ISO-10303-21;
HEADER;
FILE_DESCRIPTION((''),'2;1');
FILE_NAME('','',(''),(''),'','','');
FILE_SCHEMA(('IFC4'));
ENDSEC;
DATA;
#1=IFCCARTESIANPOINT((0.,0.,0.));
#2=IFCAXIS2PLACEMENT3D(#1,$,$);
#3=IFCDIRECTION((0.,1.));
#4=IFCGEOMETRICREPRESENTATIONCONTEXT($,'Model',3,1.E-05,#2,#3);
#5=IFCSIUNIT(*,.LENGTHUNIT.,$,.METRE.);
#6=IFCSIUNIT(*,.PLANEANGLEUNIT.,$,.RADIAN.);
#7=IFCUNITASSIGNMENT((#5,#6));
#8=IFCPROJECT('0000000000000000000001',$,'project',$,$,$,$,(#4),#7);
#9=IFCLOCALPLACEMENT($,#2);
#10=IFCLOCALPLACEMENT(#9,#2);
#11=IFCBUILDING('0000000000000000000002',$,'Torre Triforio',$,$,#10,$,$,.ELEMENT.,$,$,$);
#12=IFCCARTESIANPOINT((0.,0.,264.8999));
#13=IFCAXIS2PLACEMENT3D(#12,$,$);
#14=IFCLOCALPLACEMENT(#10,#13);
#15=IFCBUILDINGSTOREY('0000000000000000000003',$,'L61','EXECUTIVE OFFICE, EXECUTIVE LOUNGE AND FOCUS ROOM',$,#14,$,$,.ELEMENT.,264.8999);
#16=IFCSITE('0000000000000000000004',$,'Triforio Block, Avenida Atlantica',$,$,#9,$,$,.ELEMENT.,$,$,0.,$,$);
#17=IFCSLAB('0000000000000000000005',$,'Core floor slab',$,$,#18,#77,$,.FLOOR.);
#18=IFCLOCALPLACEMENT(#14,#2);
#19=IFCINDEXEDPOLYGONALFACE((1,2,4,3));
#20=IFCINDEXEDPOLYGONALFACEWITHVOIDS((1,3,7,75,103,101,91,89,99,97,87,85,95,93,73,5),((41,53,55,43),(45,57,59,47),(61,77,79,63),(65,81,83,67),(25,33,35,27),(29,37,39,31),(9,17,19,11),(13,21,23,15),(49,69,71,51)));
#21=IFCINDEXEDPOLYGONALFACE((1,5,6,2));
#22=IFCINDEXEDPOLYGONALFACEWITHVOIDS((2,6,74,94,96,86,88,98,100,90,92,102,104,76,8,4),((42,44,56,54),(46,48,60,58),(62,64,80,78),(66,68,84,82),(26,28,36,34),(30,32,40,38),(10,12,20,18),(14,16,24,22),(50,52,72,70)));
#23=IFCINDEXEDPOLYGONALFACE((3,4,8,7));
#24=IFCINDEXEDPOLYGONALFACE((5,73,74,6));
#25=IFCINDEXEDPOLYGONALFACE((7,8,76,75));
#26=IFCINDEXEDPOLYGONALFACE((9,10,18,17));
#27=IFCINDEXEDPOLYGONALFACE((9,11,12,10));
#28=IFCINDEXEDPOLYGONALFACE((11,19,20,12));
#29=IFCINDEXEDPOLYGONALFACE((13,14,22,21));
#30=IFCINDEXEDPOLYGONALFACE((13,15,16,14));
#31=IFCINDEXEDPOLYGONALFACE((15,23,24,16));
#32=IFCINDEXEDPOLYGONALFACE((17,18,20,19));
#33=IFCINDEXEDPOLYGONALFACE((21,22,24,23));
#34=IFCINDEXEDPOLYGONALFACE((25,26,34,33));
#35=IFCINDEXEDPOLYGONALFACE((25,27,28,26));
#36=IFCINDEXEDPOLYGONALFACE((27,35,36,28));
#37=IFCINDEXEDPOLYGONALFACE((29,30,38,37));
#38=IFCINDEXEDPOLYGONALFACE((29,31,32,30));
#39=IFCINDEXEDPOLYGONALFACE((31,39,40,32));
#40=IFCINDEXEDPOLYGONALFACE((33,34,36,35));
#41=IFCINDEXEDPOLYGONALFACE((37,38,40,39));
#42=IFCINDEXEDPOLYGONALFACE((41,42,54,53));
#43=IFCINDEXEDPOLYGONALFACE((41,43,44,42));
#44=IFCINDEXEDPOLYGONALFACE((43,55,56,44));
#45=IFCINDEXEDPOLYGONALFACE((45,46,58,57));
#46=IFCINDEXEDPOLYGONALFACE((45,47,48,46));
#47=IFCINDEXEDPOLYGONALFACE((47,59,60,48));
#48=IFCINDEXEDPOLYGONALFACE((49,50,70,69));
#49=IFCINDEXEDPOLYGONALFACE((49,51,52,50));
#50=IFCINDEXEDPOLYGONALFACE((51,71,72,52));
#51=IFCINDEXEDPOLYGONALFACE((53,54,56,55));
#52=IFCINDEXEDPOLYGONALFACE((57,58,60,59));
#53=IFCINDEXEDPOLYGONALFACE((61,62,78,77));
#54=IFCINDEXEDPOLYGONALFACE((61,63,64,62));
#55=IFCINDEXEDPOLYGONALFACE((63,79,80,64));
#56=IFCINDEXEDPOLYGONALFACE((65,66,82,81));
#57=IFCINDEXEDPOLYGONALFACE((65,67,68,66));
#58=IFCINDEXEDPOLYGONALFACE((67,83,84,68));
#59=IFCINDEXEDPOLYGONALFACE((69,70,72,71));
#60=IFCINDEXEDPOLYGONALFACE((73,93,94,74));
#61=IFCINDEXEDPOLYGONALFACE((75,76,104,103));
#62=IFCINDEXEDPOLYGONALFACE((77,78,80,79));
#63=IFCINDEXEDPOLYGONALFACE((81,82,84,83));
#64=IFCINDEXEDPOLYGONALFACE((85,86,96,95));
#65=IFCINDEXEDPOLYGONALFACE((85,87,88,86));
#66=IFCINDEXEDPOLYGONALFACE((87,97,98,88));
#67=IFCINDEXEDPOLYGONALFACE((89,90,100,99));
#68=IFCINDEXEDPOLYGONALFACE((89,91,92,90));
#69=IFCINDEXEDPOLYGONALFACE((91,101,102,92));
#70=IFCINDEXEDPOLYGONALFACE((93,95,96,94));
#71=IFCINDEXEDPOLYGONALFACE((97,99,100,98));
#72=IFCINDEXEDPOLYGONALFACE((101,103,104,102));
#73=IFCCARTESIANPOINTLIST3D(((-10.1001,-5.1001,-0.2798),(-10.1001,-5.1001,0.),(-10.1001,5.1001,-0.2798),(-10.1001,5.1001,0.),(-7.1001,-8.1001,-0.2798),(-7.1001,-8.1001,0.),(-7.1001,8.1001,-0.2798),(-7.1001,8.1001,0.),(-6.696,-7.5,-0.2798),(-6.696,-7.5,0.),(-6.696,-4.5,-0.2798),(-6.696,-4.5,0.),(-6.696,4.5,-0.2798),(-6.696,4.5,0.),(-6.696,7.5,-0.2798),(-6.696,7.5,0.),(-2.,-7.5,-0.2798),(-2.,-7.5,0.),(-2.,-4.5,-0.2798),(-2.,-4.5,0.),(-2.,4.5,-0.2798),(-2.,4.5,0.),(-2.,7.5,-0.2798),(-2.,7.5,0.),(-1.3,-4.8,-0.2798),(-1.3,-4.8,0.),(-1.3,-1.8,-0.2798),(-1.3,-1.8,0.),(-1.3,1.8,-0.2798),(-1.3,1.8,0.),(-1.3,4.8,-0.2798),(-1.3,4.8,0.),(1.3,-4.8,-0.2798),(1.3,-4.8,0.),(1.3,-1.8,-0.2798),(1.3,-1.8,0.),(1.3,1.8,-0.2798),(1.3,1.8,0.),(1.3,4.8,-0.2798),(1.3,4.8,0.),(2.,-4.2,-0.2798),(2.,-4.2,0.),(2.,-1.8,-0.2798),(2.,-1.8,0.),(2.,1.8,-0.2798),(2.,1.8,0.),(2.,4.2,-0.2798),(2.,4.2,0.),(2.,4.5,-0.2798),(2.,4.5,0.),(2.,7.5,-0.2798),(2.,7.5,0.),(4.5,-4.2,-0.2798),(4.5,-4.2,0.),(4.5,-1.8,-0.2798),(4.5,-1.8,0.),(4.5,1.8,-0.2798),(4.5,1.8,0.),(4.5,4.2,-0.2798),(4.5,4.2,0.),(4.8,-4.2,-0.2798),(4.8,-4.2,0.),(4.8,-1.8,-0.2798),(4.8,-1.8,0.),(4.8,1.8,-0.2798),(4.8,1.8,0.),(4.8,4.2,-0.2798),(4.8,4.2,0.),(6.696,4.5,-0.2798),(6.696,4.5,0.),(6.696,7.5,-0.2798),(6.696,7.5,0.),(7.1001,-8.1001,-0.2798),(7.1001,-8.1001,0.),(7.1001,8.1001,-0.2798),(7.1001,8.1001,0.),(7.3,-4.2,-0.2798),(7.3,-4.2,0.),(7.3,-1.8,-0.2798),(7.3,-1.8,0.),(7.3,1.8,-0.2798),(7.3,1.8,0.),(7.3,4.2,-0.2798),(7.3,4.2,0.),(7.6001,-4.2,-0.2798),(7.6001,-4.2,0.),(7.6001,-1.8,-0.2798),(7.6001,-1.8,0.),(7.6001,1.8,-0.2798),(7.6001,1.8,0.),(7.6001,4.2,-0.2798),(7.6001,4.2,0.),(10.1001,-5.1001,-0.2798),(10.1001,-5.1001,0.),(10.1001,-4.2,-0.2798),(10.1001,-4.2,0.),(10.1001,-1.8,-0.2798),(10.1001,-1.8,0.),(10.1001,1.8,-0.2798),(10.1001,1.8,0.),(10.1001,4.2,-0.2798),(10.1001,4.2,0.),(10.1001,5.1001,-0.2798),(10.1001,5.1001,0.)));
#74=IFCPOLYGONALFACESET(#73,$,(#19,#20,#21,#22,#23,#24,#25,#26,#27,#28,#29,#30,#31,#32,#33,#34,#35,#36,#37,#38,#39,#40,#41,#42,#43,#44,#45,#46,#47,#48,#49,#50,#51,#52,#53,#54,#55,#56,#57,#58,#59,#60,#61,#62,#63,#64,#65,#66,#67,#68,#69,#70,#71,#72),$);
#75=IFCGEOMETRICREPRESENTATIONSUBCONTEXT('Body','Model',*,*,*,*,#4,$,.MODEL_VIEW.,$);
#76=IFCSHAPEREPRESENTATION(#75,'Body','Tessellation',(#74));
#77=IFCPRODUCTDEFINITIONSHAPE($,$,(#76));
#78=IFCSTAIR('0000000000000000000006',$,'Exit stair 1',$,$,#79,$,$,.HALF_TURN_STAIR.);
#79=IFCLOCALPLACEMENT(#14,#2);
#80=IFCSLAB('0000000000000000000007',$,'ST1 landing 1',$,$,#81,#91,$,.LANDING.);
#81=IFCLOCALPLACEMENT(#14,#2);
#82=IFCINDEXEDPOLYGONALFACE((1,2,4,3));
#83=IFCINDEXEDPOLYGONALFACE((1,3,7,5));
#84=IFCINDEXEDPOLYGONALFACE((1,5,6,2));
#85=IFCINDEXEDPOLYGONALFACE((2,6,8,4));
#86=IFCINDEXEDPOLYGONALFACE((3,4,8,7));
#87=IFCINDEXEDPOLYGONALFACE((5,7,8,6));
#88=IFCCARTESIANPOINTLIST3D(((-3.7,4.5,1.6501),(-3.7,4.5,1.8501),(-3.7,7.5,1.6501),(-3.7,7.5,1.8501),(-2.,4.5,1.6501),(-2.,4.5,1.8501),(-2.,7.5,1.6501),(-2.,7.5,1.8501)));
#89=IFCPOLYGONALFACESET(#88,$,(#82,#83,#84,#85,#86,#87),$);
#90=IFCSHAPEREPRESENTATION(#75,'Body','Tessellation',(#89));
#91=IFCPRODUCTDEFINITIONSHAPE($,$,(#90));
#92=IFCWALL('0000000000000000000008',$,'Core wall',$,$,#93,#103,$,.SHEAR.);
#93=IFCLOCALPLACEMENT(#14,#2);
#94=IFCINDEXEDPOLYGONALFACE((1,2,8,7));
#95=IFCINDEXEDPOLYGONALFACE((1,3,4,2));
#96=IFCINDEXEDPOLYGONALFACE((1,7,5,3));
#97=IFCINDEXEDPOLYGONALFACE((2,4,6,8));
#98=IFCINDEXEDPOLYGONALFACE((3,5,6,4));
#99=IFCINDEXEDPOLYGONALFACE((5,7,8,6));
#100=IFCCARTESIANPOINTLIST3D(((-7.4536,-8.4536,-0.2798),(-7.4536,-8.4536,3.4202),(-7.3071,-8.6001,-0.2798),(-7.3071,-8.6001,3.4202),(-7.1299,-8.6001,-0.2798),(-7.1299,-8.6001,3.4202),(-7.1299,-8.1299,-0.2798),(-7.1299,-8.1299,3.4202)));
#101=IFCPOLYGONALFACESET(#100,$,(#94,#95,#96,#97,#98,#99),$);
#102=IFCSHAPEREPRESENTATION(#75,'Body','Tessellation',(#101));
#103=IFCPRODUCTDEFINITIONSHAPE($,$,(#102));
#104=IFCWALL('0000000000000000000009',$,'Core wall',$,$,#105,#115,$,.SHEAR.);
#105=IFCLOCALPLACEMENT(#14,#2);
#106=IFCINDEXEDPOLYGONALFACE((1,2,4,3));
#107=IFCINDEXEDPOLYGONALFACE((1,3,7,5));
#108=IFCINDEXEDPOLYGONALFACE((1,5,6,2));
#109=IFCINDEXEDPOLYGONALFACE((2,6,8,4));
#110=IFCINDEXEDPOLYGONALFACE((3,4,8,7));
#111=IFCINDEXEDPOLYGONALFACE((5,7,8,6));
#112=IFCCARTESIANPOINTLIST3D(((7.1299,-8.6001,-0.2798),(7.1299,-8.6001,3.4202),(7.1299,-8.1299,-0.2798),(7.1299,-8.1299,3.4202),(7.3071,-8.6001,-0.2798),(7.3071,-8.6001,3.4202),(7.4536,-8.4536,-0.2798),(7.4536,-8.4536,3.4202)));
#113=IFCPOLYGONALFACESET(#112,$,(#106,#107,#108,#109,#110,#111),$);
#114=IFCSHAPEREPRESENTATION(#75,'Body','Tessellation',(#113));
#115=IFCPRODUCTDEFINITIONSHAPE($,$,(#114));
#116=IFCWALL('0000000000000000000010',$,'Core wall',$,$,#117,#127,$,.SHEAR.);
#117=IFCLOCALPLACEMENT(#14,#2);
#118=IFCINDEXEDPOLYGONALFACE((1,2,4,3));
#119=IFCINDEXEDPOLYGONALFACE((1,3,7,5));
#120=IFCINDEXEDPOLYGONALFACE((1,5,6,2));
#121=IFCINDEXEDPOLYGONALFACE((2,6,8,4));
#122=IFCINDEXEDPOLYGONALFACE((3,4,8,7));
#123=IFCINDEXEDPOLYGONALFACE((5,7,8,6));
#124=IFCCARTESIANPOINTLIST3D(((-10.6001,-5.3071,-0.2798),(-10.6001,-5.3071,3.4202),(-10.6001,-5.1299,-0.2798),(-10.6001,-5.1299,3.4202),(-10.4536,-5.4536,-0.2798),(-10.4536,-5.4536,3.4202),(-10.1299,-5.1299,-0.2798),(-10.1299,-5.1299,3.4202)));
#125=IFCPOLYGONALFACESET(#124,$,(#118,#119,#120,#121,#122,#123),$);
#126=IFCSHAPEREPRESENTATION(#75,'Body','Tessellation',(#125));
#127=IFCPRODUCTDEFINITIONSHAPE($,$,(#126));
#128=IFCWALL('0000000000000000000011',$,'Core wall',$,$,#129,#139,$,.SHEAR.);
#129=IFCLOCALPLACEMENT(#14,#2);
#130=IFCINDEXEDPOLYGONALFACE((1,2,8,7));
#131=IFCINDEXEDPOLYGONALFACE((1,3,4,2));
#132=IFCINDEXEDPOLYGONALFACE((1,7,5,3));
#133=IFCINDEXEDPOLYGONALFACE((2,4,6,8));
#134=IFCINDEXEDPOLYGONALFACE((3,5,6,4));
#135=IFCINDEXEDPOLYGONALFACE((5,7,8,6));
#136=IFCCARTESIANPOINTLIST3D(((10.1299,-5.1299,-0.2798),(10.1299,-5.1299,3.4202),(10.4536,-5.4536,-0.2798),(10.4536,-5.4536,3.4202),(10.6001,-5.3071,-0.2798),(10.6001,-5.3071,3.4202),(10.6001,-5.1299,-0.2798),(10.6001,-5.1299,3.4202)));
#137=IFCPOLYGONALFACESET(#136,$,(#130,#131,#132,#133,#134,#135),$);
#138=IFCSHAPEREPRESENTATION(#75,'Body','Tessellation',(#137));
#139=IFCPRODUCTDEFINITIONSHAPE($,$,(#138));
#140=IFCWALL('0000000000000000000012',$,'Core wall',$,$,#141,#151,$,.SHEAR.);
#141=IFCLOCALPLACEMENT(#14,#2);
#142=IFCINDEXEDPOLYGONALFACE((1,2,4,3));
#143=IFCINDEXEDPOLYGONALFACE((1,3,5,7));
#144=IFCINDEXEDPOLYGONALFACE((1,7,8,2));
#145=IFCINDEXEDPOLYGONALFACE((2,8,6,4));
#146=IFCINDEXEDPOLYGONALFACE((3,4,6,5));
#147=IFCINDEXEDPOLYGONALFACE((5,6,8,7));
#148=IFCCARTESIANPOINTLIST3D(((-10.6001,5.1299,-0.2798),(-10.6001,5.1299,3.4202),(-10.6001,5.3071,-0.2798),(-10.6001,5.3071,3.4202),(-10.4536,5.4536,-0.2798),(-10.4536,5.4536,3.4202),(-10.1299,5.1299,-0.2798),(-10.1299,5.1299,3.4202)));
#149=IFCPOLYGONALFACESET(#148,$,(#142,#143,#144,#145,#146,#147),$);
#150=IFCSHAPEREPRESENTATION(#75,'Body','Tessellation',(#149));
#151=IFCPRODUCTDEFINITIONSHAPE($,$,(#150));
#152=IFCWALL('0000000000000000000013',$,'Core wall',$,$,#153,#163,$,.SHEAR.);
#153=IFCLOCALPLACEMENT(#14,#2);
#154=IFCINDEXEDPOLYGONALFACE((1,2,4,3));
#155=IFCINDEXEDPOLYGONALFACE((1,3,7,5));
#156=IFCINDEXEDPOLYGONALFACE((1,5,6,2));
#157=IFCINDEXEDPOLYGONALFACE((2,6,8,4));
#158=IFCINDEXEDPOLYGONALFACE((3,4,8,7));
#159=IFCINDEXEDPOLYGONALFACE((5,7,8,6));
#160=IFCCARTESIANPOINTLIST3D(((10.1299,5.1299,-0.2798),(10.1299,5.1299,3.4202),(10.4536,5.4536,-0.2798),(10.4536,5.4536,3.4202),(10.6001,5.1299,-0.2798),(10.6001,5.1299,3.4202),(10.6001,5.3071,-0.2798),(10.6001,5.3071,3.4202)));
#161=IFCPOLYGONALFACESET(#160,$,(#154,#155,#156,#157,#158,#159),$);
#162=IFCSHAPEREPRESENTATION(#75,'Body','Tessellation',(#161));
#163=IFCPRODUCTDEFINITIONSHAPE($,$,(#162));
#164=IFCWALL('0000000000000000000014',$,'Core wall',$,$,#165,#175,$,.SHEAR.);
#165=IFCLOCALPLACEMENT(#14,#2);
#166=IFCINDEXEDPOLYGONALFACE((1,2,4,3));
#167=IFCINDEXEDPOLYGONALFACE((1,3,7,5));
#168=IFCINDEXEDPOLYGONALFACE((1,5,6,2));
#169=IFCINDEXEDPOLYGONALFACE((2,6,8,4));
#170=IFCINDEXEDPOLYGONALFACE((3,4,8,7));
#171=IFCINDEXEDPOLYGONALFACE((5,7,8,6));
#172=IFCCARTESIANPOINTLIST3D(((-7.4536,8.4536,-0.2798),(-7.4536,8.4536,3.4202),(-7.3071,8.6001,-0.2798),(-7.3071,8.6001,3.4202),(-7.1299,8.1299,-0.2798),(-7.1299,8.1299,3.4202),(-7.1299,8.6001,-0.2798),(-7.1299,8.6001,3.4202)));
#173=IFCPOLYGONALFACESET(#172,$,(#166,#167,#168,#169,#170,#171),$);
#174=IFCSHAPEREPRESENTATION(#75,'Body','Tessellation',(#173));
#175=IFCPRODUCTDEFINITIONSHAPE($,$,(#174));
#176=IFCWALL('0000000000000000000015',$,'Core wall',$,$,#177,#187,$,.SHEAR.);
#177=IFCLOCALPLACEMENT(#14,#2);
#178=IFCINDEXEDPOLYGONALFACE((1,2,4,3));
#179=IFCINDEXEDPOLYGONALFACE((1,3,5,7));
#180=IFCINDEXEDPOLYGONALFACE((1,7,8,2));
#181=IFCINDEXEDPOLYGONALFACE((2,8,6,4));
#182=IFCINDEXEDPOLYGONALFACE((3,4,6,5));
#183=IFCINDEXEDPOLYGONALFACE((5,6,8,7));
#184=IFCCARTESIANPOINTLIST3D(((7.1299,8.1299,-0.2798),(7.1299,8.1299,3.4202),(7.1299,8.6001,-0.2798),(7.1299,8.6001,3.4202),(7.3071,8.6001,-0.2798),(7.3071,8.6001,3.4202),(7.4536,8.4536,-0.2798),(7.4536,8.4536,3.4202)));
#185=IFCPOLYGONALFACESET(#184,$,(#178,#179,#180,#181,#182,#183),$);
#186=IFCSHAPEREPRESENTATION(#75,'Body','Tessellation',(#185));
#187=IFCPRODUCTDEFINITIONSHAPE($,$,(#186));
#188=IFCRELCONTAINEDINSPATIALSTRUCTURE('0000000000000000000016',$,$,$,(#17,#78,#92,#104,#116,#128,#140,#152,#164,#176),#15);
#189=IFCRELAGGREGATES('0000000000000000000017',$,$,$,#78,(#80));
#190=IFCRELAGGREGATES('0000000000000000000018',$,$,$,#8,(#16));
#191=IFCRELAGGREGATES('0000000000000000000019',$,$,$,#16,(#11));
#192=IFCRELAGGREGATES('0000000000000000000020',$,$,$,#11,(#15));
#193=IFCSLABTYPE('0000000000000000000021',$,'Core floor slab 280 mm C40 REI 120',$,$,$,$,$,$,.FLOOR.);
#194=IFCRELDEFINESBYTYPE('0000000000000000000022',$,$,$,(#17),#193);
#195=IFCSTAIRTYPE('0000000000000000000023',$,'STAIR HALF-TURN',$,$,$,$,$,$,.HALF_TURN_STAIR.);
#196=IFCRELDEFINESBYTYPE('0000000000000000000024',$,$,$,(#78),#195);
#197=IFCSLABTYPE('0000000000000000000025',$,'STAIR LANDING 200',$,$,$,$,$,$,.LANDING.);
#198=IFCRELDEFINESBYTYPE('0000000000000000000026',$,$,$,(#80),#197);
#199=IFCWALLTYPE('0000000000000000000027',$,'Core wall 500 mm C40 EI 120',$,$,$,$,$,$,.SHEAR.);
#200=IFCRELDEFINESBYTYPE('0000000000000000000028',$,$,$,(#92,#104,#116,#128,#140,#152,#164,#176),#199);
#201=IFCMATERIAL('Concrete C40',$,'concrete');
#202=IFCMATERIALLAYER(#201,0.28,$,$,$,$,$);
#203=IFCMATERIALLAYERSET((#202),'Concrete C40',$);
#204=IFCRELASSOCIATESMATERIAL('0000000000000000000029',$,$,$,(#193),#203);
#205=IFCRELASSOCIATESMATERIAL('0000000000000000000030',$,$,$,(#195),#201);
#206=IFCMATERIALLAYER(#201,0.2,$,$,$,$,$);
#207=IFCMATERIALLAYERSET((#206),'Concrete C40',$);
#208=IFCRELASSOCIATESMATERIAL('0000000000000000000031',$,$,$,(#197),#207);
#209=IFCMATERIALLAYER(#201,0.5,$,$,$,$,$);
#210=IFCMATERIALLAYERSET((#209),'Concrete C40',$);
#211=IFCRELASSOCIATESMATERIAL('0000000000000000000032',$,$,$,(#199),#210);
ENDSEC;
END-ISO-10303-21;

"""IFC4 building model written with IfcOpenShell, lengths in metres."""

from ifc_helpers import new_model, si_unit, direction, frame, origin, place, context, subcontext, project, spatial, polyline, outline, extrude, material, layer, layer_set, type_object, element, aggregate, save


model = new_model("IFC4")

# Units and contexts
model_context = context("Model", 3, precision=1e-05, world=origin(), true_north=direction((0.0, 1.0)))
body_context = subcontext(model_context, "Body", "Model", "MODEL_VIEW")
ifc_project = project(units=[si_unit("LENGTHUNIT", "METRE"), si_unit("PLANEANGLEUNIT", "RADIAN")], contexts=[model_context])

# Site, building, storey
site_placement = place(None, origin())
site = spatial("IfcSite", under=ifc_project, at=site_placement, Name="Triforio Block, Avenida Atlantica", CompositionType="ELEMENT", RefElevation=0.0)
building_placement = place(site_placement, origin())
building = spatial("IfcBuilding", under=site, at=building_placement, Name="Torre Triforio", CompositionType="ELEMENT")
storey_placement = place(building_placement, frame((0.0, 0.0, 264.8999)))
storey = spatial("IfcBuildingStorey", under=building, at=storey_placement, Name="L61", Description="EXECUTIVE OFFICE, EXECUTIVE LOUNGE AND FOCUS ROOM", CompositionType="ELEMENT", Elevation=264.8999)

# Slab
ifc_material_1 = material(Name="Concrete C40", Category="concrete")
ifc_layer_1 = layer(ifc_material_1, 0.28)
ifc_layer_set_1 = layer_set([ifc_layer_1], Name="Concrete C40")
slab_type_1 = type_object("IfcSlabType", Name="Core floor slab 280 mm C40 REI 120", PredefinedType="FLOOR", material=ifc_layer_set_1)
slab_1_placement = place(storey_placement, frame((0.0, 0.0, -0.2798)))
element("IfcSlab", 1, at=slab_1_placement, inside=storey, type_object=slab_type_1, Name="Core floor slab", PredefinedType="FLOOR", context=body_context, shape_type="SweptSolid", body=[
    extrude(outline(polyline([(10.1001, -5.1001), (7.1001, -8.1001), (-7.1001, -8.1001), (-10.1001, -5.1001), (-10.1001, 5.1001), (-7.1001, 8.1001), (7.1001, 8.1001), (10.1001, 5.1001), (10.1001, 4.2), (7.6001, 4.2), (7.6001, 1.8), (10.1001, 1.8), (10.1001, -1.8), (7.6001, -1.8), (7.6001, -4.2), (10.1001, -4.2), (10.1001, -5.1001)]), holes=[polyline([(-6.696, -4.5), (-6.696, -7.5), (-2.0, -7.5), (-2.0, -4.5), (-6.696, -4.5)]), polyline([(-1.3, -1.8), (-1.3, -4.8), (1.3, -4.8), (1.3, -1.8), (-1.3, -1.8)]), polyline([(2.0, -1.8), (2.0, -4.2), (4.5, -4.2), (4.5, -1.8), (2.0, -1.8)]), polyline([(4.5, 4.2), (2.0, 4.2), (2.0, 1.8), (4.5, 1.8), (4.5, 4.2)]), polyline([(1.3, 4.8), (-1.3, 4.8), (-1.3, 1.8), (1.3, 1.8), (1.3, 4.8)]), polyline([(-6.696, 7.5), (-6.696, 4.5), (-2.0, 4.5), (-2.0, 7.5), (-6.696, 7.5)]), polyline([(7.3, -1.8), (4.8, -1.8), (4.8, -4.2), (7.3, -4.2), (7.3, -1.8)]), polyline([(4.8, 4.2), (4.8, 1.8), (7.3, 1.8), (7.3, 4.2), (4.8, 4.2)]), polyline([(6.696, 7.5), (2.0, 7.5), (2.0, 4.5), (6.696, 4.5), (6.696, 7.5)])]), origin(), (0.0, 0.0, 1.0), 0.2798),
])

# Stair, slab
stair_type = type_object("IfcStairType", Name="STAIR HALF-TURN", PredefinedType="HALF_TURN_STAIR", material=ifc_material_1)
stair_placement = place(storey_placement, origin())
stair = element("IfcStair", 2, at=stair_placement, inside=storey, type_object=stair_type, Name="Exit stair 1", PredefinedType="HALF_TURN_STAIR")
ifc_layer_2 = layer(ifc_material_1, 0.2)
ifc_layer_set_2 = layer_set([ifc_layer_2], Name="Concrete C40")
slab_type_2 = type_object("IfcSlabType", Name="STAIR LANDING 200", PredefinedType="LANDING", material=ifc_layer_set_2)
slab_2_placement = place(storey_placement, frame((0.0, 0.0, 1.6501)))
slab_2 = element("IfcSlab", 3, at=slab_2_placement, type_object=slab_type_2, Name="ST1 landing 1", PredefinedType="LANDING", context=body_context, shape_type="SweptSolid", body=[
    extrude(outline(polyline([(-2.0, 4.5), (-2.0, 7.5), (-3.7, 7.5), (-3.7, 4.5), (-2.0, 4.5)])), origin(), (0.0, 0.0, 1.0), 0.2),
])
aggregate(stair, [slab_2])

# Walls
ifc_layer_3 = layer(ifc_material_1, 0.5)
ifc_layer_set_3 = layer_set([ifc_layer_3], Name="Concrete C40")
wall_type_1 = type_object("IfcWallType", Name="Core wall 500 mm C40 EI 120", PredefinedType="SHEAR", material=ifc_layer_set_3)
wall_1_placement = place(storey_placement, frame((0.0, 0.0, -0.2798)))
element("IfcWall", 4, at=wall_1_placement, inside=storey, type_object=wall_type_1, Name="Core wall", PredefinedType="SHEAR", context=body_context, shape_type="SweptSolid", body=[
    extrude(outline(polyline([(-7.3071, -8.6001), (-7.4536, -8.4536), (-7.1299, -8.1299), (-7.1299, -8.6001), (-7.3071, -8.6001)])), origin(), (0.0, 0.0, 1.0), 3.7),
])
wall_2_placement = place(storey_placement, frame((0.0, 0.0, -0.2798)))
element("IfcWall", 5, at=wall_2_placement, inside=storey, type_object=wall_type_1, Name="Core wall", PredefinedType="SHEAR", context=body_context, shape_type="SweptSolid", body=[
    extrude(outline(polyline([(7.3071, -8.6001), (7.1299, -8.6001), (7.1299, -8.1299), (7.4536, -8.4536), (7.3071, -8.6001)])), origin(), (0.0, 0.0, 1.0), 3.7),
])
wall_3_placement = place(storey_placement, frame((0.0, 0.0, -0.2798)))
element("IfcWall", 6, at=wall_3_placement, inside=storey, type_object=wall_type_1, Name="Core wall", PredefinedType="SHEAR", context=body_context, shape_type="SweptSolid", body=[
    extrude(outline(polyline([(-10.6001, -5.3071), (-10.6001, -5.1299), (-10.1299, -5.1299), (-10.4536, -5.4536), (-10.6001, -5.3071)])), origin(), (0.0, 0.0, 1.0), 3.7),
])
wall_4_placement = place(storey_placement, frame((0.0, 0.0, -0.2798)))
element("IfcWall", 7, at=wall_4_placement, inside=storey, type_object=wall_type_1, Name="Core wall", PredefinedType="SHEAR", context=body_context, shape_type="SweptSolid", body=[
    extrude(outline(polyline([(10.6001, -5.3071), (10.4536, -5.4536), (10.1299, -5.1299), (10.6001, -5.1299), (10.6001, -5.3071)])), origin(), (0.0, 0.0, 1.0), 3.7),
])
wall_5_placement = place(storey_placement, frame((0.0, 0.0, -0.2798)))
element("IfcWall", 8, at=wall_5_placement, inside=storey, type_object=wall_type_1, Name="Core wall", PredefinedType="SHEAR", context=body_context, shape_type="SweptSolid", body=[
    extrude(outline(polyline([(-10.4536, 5.4536), (-10.1299, 5.1299), (-10.6001, 5.1299), (-10.6001, 5.3071), (-10.4536, 5.4536)])), origin(), (0.0, 0.0, 1.0), 3.7),
])
wall_6_placement = place(storey_placement, frame((0.0, 0.0, -0.2798)))
element("IfcWall", 9, at=wall_6_placement, inside=storey, type_object=wall_type_1, Name="Core wall", PredefinedType="SHEAR", context=body_context, shape_type="SweptSolid", body=[
    extrude(outline(polyline([(10.6001, 5.3071), (10.6001, 5.1299), (10.1299, 5.1299), (10.4536, 5.4536), (10.6001, 5.3071)])), origin(), (0.0, 0.0, 1.0), 3.7),
])
wall_7_placement = place(storey_placement, frame((0.0, 0.0, -0.2798)))
element("IfcWall", 10, at=wall_7_placement, inside=storey, type_object=wall_type_1, Name="Core wall", PredefinedType="SHEAR", context=body_context, shape_type="SweptSolid", body=[
    extrude(outline(polyline([(-7.3071, 8.6001), (-7.1299, 8.6001), (-7.1299, 8.1299), (-7.4536, 8.4536), (-7.3071, 8.6001)])), origin(), (0.0, 0.0, 1.0), 3.7),
])
wall_8_placement = place(storey_placement, frame((0.0, 0.0, -0.2798)))
element("IfcWall", 11, at=wall_8_placement, inside=storey, type_object=wall_type_1, Name="Core wall", PredefinedType="SHEAR", context=body_context, shape_type="SweptSolid", body=[
    extrude(outline(polyline([(7.3071, 8.6001), (7.4536, 8.4536), (7.1299, 8.1299), (7.1299, 8.6001), (7.3071, 8.6001)])), origin(), (0.0, 0.0, 1.0), 3.7),
])

save(model, "model.ifc")
